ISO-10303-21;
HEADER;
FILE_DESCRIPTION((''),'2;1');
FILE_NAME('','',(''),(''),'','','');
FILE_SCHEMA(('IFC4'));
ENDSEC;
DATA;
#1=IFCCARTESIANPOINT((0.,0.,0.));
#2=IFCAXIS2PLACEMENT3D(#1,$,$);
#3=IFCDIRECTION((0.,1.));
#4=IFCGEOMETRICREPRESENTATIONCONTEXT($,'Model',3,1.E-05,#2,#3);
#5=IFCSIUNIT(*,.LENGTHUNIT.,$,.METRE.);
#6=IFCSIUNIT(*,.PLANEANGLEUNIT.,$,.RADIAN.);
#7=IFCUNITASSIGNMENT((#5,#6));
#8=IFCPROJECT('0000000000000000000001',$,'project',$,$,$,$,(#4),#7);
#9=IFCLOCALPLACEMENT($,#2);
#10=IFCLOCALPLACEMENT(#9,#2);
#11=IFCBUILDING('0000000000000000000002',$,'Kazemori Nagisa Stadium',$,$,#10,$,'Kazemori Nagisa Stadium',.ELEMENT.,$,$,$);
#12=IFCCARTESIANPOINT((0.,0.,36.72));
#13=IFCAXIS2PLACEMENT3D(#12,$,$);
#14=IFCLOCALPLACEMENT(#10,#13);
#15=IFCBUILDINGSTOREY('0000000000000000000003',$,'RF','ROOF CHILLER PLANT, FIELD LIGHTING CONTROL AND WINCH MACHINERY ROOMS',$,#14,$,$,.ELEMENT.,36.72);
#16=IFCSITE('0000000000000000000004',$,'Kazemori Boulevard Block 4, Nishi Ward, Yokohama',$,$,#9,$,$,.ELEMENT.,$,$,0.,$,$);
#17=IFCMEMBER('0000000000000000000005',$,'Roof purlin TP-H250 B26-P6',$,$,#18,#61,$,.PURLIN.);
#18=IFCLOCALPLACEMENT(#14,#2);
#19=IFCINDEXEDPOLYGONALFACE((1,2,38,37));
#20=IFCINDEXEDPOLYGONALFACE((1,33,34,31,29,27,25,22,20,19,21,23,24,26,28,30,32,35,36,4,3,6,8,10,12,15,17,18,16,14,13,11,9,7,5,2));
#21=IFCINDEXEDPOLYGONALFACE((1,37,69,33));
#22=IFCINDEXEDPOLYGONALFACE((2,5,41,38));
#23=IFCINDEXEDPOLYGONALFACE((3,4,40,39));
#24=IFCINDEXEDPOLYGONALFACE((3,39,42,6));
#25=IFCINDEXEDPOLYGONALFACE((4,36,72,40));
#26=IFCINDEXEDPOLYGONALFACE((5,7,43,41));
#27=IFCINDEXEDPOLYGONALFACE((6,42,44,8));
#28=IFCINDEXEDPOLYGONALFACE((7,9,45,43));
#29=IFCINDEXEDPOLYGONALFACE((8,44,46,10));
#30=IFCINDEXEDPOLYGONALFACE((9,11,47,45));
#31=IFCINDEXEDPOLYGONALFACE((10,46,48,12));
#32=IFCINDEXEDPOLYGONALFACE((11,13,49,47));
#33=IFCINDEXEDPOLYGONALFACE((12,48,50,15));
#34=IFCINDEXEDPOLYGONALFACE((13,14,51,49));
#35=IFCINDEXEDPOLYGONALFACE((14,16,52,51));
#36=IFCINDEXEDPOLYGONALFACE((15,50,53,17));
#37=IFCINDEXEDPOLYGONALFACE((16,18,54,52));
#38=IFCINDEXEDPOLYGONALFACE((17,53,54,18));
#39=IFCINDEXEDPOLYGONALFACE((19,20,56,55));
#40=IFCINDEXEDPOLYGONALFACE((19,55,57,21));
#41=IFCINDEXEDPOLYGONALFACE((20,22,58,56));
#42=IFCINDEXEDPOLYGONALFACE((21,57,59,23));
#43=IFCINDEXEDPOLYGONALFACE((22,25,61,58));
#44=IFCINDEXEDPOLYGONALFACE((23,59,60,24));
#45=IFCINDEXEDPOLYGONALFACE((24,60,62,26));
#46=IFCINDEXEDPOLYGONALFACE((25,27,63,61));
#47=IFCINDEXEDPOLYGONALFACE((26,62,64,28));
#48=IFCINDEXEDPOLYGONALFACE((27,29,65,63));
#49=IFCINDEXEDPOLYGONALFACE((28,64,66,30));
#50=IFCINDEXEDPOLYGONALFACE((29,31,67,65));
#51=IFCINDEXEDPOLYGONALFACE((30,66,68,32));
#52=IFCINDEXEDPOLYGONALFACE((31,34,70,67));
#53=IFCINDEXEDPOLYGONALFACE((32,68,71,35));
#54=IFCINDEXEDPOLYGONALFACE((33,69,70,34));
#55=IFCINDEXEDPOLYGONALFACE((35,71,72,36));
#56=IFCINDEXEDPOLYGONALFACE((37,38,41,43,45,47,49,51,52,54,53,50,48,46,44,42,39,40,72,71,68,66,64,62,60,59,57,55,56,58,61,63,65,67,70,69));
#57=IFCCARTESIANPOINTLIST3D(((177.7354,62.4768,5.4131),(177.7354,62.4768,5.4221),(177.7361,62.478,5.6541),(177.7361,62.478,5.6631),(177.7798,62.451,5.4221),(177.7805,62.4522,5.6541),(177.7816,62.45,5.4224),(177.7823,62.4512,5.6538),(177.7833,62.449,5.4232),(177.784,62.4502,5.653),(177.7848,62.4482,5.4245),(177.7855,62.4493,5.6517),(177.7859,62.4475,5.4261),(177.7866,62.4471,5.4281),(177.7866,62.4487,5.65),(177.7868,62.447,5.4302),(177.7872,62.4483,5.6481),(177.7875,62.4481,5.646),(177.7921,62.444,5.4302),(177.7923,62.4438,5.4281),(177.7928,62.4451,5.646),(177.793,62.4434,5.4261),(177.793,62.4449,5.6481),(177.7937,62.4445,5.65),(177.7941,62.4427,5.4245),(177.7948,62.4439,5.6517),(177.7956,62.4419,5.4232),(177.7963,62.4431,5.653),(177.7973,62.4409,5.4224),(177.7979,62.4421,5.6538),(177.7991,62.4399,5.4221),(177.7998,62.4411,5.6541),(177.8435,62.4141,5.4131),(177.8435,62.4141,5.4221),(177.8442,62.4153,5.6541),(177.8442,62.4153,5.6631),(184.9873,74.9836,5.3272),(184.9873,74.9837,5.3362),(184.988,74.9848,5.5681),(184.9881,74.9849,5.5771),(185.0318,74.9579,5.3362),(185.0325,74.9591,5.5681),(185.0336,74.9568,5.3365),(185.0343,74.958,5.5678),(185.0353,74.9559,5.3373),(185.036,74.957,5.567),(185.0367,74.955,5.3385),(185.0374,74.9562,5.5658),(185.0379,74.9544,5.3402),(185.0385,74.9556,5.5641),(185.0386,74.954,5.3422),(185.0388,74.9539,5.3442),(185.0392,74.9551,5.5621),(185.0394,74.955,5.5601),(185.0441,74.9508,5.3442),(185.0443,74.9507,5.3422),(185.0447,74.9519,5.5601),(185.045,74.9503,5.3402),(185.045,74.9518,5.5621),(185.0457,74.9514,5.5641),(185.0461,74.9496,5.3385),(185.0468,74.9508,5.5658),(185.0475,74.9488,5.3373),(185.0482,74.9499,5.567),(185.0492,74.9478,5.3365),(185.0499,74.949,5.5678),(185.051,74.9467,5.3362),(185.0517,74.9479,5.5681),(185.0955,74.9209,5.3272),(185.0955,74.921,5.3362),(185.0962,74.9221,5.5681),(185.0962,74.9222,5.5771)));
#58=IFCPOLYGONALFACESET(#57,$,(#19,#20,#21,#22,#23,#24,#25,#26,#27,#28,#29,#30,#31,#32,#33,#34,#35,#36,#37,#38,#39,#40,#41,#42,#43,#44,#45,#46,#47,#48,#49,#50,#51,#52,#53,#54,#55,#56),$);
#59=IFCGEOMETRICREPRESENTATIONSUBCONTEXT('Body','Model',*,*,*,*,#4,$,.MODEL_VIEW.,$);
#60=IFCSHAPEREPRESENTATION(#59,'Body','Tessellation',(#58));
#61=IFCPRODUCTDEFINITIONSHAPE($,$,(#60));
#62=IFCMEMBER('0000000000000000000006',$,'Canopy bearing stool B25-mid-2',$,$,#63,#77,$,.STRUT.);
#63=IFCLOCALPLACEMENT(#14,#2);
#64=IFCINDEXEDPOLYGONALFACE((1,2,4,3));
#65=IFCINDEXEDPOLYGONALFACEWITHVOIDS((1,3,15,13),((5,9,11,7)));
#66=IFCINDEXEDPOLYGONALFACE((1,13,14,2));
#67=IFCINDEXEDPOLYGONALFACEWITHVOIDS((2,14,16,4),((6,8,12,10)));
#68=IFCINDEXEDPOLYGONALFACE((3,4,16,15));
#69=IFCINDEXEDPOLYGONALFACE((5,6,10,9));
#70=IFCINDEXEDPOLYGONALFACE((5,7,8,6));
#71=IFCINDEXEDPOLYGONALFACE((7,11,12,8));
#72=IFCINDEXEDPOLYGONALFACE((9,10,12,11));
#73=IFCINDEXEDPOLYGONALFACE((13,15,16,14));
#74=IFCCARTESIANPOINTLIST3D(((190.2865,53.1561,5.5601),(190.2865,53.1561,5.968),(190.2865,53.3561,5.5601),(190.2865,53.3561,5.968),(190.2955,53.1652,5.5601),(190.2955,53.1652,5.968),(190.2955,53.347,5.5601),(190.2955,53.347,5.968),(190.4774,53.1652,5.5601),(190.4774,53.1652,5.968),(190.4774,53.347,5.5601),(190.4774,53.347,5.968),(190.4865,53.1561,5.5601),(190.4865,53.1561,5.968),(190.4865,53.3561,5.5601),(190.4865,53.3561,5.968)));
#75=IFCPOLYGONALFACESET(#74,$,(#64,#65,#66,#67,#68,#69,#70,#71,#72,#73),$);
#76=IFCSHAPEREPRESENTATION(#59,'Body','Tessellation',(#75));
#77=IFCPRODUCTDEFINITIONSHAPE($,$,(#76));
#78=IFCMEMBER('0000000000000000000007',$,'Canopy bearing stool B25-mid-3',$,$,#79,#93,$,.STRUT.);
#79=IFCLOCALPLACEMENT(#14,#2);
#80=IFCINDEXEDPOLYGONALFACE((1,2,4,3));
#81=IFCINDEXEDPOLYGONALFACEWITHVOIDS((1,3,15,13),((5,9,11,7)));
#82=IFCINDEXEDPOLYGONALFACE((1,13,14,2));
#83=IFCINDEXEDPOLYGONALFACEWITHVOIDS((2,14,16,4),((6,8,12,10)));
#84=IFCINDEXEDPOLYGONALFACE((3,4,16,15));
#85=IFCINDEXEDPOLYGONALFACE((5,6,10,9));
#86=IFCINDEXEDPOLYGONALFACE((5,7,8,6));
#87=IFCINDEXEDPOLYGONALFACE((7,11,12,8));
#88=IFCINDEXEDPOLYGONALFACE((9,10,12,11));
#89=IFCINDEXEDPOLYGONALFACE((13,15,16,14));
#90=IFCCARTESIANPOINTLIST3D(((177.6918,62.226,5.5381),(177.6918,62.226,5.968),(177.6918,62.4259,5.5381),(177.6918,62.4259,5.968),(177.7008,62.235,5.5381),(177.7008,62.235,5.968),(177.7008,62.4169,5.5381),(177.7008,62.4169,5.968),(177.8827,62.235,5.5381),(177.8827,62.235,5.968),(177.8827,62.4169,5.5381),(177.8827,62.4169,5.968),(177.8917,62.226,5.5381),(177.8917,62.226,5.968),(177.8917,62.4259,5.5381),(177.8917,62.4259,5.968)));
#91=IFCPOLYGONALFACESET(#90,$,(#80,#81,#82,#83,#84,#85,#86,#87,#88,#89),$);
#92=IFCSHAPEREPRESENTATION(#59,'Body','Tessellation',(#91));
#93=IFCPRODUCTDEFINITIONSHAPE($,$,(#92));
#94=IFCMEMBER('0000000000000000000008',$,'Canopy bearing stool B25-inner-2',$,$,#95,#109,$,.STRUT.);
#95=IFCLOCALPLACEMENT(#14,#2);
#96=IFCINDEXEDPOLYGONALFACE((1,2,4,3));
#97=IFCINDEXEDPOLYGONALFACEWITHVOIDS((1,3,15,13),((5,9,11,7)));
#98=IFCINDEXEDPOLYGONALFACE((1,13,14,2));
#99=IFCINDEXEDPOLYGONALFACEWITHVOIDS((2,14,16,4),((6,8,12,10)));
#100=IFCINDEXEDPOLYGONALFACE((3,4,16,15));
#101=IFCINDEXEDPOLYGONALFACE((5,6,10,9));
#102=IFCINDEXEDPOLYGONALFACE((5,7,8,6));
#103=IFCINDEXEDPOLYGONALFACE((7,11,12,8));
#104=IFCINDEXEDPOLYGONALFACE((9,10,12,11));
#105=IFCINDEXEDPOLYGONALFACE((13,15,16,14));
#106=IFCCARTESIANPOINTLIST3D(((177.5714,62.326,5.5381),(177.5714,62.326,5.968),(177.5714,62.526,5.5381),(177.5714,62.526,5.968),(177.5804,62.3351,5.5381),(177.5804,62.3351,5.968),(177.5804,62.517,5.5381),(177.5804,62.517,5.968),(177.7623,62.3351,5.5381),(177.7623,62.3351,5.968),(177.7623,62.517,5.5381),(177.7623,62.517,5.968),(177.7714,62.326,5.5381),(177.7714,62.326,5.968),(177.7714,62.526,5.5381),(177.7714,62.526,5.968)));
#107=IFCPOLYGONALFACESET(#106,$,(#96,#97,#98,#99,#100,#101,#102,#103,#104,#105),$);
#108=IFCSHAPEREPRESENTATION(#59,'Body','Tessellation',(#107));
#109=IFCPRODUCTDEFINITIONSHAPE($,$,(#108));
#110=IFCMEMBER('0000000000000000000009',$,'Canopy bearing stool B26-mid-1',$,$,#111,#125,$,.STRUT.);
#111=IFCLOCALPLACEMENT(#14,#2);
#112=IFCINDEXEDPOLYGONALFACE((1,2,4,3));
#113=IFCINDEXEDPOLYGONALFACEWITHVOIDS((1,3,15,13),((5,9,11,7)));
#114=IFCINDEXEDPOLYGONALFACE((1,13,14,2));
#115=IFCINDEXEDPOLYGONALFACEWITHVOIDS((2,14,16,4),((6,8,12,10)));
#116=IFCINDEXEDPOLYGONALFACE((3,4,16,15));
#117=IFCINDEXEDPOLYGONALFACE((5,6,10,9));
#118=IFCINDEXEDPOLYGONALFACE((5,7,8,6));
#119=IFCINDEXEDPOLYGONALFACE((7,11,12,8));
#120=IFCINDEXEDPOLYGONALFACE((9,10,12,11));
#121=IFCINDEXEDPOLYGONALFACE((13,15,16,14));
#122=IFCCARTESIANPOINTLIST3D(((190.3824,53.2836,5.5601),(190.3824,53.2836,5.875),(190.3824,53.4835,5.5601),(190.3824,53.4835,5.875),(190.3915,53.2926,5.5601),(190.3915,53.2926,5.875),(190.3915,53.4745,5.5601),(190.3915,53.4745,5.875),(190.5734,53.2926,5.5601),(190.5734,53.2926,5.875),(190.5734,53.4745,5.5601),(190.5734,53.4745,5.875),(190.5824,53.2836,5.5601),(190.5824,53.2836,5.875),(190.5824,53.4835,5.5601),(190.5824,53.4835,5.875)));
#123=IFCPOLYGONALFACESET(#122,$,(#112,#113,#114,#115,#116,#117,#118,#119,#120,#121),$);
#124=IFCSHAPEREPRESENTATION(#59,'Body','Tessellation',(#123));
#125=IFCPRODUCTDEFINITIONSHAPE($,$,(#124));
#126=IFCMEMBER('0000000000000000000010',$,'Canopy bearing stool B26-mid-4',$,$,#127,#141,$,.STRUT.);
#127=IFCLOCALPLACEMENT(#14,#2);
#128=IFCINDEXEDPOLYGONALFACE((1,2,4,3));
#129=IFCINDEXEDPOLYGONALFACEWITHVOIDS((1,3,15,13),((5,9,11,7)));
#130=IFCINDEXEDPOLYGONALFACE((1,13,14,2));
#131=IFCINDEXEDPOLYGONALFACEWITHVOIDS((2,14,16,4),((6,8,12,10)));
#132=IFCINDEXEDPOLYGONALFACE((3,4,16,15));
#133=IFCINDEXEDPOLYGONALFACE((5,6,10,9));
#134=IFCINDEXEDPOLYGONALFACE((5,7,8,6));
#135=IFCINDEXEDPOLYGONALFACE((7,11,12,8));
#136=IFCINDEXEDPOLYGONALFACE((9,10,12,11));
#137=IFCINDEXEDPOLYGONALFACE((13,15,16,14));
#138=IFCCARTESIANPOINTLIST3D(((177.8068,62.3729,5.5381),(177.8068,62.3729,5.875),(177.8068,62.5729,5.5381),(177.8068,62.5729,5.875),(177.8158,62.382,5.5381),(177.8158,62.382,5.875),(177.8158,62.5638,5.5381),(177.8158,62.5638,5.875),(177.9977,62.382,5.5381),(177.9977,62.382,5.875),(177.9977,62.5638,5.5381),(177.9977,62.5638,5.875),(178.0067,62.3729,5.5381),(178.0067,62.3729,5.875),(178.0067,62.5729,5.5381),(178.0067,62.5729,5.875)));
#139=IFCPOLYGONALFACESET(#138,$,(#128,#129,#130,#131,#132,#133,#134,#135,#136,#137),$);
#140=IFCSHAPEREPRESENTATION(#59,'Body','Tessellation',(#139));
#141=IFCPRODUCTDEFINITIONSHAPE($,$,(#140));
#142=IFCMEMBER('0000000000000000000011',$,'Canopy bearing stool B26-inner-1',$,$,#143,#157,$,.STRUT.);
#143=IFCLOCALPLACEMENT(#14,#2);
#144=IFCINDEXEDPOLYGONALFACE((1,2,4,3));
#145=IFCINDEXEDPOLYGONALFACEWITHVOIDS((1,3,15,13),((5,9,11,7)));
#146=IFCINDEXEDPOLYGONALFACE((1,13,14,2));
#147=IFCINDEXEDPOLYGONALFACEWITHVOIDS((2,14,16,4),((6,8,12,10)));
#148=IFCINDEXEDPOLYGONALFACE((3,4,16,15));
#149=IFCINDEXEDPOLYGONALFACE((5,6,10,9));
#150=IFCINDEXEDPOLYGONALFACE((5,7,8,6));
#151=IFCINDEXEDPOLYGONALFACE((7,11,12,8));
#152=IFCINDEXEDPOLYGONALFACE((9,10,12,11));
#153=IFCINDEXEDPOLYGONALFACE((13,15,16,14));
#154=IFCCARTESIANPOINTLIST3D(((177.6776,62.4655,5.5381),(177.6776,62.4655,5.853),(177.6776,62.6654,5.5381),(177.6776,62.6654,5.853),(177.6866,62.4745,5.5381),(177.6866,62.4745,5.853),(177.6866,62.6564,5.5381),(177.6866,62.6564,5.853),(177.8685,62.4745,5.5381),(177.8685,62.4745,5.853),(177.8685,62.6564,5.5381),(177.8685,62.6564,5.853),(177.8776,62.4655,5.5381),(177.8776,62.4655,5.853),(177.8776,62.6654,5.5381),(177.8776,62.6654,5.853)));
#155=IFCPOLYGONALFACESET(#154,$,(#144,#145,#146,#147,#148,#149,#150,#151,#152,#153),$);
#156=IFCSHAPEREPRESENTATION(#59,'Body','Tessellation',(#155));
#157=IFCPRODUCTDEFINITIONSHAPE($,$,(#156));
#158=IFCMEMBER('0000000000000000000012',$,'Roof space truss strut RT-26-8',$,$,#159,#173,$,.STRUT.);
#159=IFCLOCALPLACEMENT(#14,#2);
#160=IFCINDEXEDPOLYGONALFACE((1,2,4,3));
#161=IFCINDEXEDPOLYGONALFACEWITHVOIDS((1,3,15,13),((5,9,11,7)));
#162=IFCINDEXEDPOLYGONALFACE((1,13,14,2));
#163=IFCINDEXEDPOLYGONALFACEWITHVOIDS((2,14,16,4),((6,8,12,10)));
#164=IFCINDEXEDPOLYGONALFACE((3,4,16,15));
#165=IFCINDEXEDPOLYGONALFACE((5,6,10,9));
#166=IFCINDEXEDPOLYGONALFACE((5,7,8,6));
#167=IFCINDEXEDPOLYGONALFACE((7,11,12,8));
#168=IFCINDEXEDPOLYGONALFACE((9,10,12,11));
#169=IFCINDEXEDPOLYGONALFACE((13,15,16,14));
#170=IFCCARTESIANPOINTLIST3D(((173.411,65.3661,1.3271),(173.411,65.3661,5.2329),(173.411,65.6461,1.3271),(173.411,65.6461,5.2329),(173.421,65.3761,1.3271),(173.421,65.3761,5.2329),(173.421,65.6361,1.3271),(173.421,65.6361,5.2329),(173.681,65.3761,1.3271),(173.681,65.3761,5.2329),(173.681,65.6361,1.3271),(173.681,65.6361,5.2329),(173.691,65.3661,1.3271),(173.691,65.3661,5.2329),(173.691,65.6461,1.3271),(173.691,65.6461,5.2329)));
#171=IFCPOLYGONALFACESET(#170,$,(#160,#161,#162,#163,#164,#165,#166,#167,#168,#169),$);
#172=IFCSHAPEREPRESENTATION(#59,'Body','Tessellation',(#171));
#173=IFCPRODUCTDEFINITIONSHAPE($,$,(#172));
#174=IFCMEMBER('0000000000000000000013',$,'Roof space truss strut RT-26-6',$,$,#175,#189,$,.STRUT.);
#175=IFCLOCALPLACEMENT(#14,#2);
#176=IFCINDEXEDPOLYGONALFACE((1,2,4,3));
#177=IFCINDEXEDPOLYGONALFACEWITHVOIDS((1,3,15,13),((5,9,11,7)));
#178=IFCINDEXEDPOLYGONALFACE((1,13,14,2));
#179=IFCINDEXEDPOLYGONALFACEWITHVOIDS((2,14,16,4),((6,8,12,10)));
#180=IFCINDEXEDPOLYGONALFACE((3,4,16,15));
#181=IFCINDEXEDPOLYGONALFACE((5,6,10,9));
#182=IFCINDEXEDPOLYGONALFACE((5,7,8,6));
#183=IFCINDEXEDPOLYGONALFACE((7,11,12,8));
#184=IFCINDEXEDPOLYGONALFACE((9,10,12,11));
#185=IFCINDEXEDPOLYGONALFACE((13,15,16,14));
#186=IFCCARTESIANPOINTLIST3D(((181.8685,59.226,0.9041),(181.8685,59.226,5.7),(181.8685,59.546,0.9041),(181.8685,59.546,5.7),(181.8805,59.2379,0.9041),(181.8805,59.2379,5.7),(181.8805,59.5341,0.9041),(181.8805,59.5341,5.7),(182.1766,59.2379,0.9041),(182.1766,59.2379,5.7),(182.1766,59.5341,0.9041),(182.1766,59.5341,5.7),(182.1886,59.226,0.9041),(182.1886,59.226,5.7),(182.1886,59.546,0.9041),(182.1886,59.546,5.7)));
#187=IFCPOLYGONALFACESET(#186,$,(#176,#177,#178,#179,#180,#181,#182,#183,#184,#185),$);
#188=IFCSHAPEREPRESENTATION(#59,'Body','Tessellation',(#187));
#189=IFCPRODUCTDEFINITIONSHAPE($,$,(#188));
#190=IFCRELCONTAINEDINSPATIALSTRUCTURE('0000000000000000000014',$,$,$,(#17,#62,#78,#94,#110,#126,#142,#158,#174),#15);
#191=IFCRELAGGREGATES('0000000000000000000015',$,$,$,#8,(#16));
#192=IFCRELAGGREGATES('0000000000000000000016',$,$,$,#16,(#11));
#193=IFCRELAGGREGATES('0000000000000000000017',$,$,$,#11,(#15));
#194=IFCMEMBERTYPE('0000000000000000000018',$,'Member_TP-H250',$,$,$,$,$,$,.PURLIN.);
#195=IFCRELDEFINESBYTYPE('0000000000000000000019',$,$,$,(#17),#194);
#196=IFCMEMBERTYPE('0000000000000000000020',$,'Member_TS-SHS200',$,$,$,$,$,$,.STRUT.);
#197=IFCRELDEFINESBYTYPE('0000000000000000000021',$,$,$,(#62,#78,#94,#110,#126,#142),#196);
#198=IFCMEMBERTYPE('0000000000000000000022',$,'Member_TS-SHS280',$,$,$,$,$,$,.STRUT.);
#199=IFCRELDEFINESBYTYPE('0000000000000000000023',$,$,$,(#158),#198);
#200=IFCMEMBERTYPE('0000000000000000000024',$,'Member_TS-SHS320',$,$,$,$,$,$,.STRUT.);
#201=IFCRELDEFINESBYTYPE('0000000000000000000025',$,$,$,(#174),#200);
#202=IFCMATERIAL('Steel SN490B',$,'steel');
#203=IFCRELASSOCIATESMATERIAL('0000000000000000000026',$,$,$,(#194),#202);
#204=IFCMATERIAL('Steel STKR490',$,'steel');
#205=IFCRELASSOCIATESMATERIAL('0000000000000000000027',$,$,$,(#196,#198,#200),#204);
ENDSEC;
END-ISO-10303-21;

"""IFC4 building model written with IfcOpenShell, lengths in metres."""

from ifc_helpers import new_model, si_unit, direction, frame, origin, origin_2d, place, context, subcontext, project, spatial, hollow_rectangle, i_section, extrude, material, material_profile, profile_set, type_object, element, save


model = new_model("IFC4")

# Units and contexts
model_context = context("Model", 3, precision=1e-05, world=origin(), true_north=direction((0.0, 1.0)))
body_context = subcontext(model_context, "Body", "Model", "MODEL_VIEW")
ifc_project = project(units=[si_unit("LENGTHUNIT", "METRE"), si_unit("PLANEANGLEUNIT", "RADIAN")], contexts=[model_context])

# Site, building, storey
site_placement = place(None, origin())
site = spatial("IfcSite", under=ifc_project, at=site_placement, Name="Kazemori Boulevard Block 4, Nishi Ward, Yokohama", CompositionType="ELEMENT", RefElevation=0.0)
building_placement = place(site_placement, origin())
building = spatial("IfcBuilding", under=site, at=building_placement, Name="Kazemori Nagisa Stadium", LongName="Kazemori Nagisa Stadium", CompositionType="ELEMENT")
storey_placement = place(building_placement, frame((0.0, 0.0, 36.72)))
storey = spatial("IfcBuildingStorey", under=building, at=storey_placement, Name="RF", Description="ROOF CHILLER PLANT, FIELD LIGHTING CONTROL AND WINCH MACHINERY ROOMS", CompositionType="ELEMENT", Elevation=36.72)

# Shared definitions
ifc_material_1 = material(Name="Steel SN490B", Category="steel")

# Members
ifc_material_2 = material(Name="Steel STKR490", Category="steel")
ifc_material_profile_1 = material_profile(ifc_material_1, i_section(OverallWidth=0.125, OverallDepth=0.25, WebThickness=0.0061, FlangeThickness=0.009, FilletRadius=0.0081, at=origin_2d()), Name="H-250x125x6x9")
ifc_profile_set_1 = profile_set([ifc_material_profile_1], Name="Steel SN490B")
member_type_1 = type_object("IfcMemberType", Name="Member_TP-H250", PredefinedType="PURLIN", material=ifc_profile_set_1)
member_1_placement = place(storey_placement, frame((177.7898, 62.446, 5.5381), z_axis=(0.501605, 0.865076, -0.005944), x_axis=(-0.865092, 0.501614, 0.0)))
element("IfcMember", 1, at=member_1_placement, inside=storey, type_object=member_type_1, Name="Roof purlin TP-H250 B26-P6", PredefinedType="PURLIN", context=body_context, shape_type="SweptSolid", body=[
    extrude(i_section(OverallWidth=0.125, OverallDepth=0.25, WebThickness=0.0061, FlangeThickness=0.009, FilletRadius=0.0081, at=origin_2d()), origin(), (0.0, 0.0, 1.0), 14.4575),
])
ifc_material_profile_2 = material_profile(ifc_material_2, hollow_rectangle(XDim=0.2, YDim=0.2, WallThickness=0.009, at=origin_2d()), Name="SHS-200x200x9")
ifc_profile_set_2 = profile_set([ifc_material_profile_2], Name="Steel STKR490")
member_type_2 = type_object("IfcMemberType", Name="Member_TS-SHS200", PredefinedType="STRUT", material=ifc_profile_set_2)
member_2_placement = place(storey_placement, frame((190.3865, 53.2561, 5.5601), z_axis=(0.0, 0.0, 1.0), x_axis=(1.0, 0.0, 0.0)))
element("IfcMember", 2, at=member_2_placement, inside=storey, type_object=member_type_2, Name="Canopy bearing stool B25-mid-2", PredefinedType="STRUT", context=body_context, shape_type="SweptSolid", body=[
    extrude(hollow_rectangle(XDim=0.2, YDim=0.2, WallThickness=0.009, at=origin_2d()), origin(), (0.0, 0.0, 1.0), 0.408),
])
for number, where, z_axis, x_axis, name in (
    (3, (177.7917, 62.3259, 5.5381), (0.0, 0.0, 1.0), (1.0, 0.0, 0.0), "Canopy bearing stool B25-mid-3"),
    (4, (177.6714, 62.426, 5.5381), (0.0, 0.0, 1.0), (1.0, 0.0, 0.0), "Canopy bearing stool B25-inner-2"),
):
    element("IfcMember", number, at=place(storey_placement, frame(where, z_axis=z_axis, x_axis=x_axis)), inside=storey, type_object=member_type_2, Name=name, PredefinedType="STRUT", context=body_context, shape_type="SweptSolid", body=[
        extrude(hollow_rectangle(XDim=0.2, YDim=0.2, WallThickness=0.009, at=origin_2d()), origin(), (0.0, 0.0, 1.0), 0.4299),
    ])
member_3_placement = place(storey_placement, frame((190.4824, 53.3835, 5.5601), z_axis=(0.0, 0.0, 1.0), x_axis=(1.0, 0.0, 0.0)))
element("IfcMember", 5, at=member_3_placement, inside=storey, type_object=member_type_2, Name="Canopy bearing stool B26-mid-1", PredefinedType="STRUT", context=body_context, shape_type="SweptSolid", body=[
    extrude(hollow_rectangle(XDim=0.2, YDim=0.2, WallThickness=0.009, at=origin_2d()), origin(), (0.0, 0.0, 1.0), 0.3149),
])
member_4_placement = place(storey_placement, frame((177.9067, 62.4729, 5.5381), z_axis=(0.0, 0.0, 1.0), x_axis=(1.0, 0.0, 0.0)))
element("IfcMember", 6, at=member_4_placement, inside=storey, type_object=member_type_2, Name="Canopy bearing stool B26-mid-4", PredefinedType="STRUT", context=body_context, shape_type="SweptSolid", body=[
    extrude(hollow_rectangle(XDim=0.2, YDim=0.2, WallThickness=0.009, at=origin_2d()), origin(), (0.0, 0.0, 1.0), 0.3369),
])
member_5_placement = place(storey_placement, frame((177.7776, 62.5654, 5.5381), z_axis=(0.0, 0.0, 1.0), x_axis=(1.0, 0.0, 0.0)))
element("IfcMember", 7, at=member_5_placement, inside=storey, type_object=member_type_2, Name="Canopy bearing stool B26-inner-1", PredefinedType="STRUT", context=body_context, shape_type="SweptSolid", body=[
    extrude(hollow_rectangle(XDim=0.2, YDim=0.2, WallThickness=0.009, at=origin_2d()), origin(), (0.0, 0.0, 1.0), 0.3149),
])
ifc_material_profile_3 = material_profile(ifc_material_2, hollow_rectangle(XDim=0.28, YDim=0.28, WallThickness=0.01, at=origin_2d()), Name="SHS-280x280x10")
ifc_profile_set_3 = profile_set([ifc_material_profile_3], Name="Steel STKR490")
member_type_3 = type_object("IfcMemberType", Name="Member_TS-SHS280", PredefinedType="STRUT", material=ifc_profile_set_3)
member_6_placement = place(storey_placement, frame((173.551, 65.5061, 1.3271), z_axis=(0.0, 0.0, 1.0), x_axis=(1.0, 0.0, 0.0)))
element("IfcMember", 8, at=member_6_placement, inside=storey, type_object=member_type_3, Name="Roof space truss strut RT-26-8", PredefinedType="STRUT", context=body_context, shape_type="SweptSolid", body=[
    extrude(hollow_rectangle(XDim=0.28, YDim=0.28, WallThickness=0.01, at=origin_2d()), origin(), (0.0, 0.0, 1.0), 3.9058),
])
ifc_material_profile_4 = material_profile(ifc_material_2, hollow_rectangle(XDim=0.3201, YDim=0.3201, WallThickness=0.012, at=origin_2d()), Name="SHS-320x320x12")
ifc_profile_set_4 = profile_set([ifc_material_profile_4], Name="Steel STKR490")
member_type_4 = type_object("IfcMemberType", Name="Member_TS-SHS320", PredefinedType="STRUT", material=ifc_profile_set_4)
member_7_placement = place(storey_placement, frame((182.0286, 59.386, 0.9041), z_axis=(0.0, 0.0, 1.0), x_axis=(1.0, 0.0, 0.0)))
element("IfcMember", 9, at=member_7_placement, inside=storey, type_object=member_type_4, Name="Roof space truss strut RT-26-6", PredefinedType="STRUT", context=body_context, shape_type="SweptSolid", body=[
    extrude(hollow_rectangle(XDim=0.3201, YDim=0.3201, WallThickness=0.012, at=origin_2d()), origin(), (0.0, 0.0, 1.0), 4.7959),
])

save(model, "model.ifc")
